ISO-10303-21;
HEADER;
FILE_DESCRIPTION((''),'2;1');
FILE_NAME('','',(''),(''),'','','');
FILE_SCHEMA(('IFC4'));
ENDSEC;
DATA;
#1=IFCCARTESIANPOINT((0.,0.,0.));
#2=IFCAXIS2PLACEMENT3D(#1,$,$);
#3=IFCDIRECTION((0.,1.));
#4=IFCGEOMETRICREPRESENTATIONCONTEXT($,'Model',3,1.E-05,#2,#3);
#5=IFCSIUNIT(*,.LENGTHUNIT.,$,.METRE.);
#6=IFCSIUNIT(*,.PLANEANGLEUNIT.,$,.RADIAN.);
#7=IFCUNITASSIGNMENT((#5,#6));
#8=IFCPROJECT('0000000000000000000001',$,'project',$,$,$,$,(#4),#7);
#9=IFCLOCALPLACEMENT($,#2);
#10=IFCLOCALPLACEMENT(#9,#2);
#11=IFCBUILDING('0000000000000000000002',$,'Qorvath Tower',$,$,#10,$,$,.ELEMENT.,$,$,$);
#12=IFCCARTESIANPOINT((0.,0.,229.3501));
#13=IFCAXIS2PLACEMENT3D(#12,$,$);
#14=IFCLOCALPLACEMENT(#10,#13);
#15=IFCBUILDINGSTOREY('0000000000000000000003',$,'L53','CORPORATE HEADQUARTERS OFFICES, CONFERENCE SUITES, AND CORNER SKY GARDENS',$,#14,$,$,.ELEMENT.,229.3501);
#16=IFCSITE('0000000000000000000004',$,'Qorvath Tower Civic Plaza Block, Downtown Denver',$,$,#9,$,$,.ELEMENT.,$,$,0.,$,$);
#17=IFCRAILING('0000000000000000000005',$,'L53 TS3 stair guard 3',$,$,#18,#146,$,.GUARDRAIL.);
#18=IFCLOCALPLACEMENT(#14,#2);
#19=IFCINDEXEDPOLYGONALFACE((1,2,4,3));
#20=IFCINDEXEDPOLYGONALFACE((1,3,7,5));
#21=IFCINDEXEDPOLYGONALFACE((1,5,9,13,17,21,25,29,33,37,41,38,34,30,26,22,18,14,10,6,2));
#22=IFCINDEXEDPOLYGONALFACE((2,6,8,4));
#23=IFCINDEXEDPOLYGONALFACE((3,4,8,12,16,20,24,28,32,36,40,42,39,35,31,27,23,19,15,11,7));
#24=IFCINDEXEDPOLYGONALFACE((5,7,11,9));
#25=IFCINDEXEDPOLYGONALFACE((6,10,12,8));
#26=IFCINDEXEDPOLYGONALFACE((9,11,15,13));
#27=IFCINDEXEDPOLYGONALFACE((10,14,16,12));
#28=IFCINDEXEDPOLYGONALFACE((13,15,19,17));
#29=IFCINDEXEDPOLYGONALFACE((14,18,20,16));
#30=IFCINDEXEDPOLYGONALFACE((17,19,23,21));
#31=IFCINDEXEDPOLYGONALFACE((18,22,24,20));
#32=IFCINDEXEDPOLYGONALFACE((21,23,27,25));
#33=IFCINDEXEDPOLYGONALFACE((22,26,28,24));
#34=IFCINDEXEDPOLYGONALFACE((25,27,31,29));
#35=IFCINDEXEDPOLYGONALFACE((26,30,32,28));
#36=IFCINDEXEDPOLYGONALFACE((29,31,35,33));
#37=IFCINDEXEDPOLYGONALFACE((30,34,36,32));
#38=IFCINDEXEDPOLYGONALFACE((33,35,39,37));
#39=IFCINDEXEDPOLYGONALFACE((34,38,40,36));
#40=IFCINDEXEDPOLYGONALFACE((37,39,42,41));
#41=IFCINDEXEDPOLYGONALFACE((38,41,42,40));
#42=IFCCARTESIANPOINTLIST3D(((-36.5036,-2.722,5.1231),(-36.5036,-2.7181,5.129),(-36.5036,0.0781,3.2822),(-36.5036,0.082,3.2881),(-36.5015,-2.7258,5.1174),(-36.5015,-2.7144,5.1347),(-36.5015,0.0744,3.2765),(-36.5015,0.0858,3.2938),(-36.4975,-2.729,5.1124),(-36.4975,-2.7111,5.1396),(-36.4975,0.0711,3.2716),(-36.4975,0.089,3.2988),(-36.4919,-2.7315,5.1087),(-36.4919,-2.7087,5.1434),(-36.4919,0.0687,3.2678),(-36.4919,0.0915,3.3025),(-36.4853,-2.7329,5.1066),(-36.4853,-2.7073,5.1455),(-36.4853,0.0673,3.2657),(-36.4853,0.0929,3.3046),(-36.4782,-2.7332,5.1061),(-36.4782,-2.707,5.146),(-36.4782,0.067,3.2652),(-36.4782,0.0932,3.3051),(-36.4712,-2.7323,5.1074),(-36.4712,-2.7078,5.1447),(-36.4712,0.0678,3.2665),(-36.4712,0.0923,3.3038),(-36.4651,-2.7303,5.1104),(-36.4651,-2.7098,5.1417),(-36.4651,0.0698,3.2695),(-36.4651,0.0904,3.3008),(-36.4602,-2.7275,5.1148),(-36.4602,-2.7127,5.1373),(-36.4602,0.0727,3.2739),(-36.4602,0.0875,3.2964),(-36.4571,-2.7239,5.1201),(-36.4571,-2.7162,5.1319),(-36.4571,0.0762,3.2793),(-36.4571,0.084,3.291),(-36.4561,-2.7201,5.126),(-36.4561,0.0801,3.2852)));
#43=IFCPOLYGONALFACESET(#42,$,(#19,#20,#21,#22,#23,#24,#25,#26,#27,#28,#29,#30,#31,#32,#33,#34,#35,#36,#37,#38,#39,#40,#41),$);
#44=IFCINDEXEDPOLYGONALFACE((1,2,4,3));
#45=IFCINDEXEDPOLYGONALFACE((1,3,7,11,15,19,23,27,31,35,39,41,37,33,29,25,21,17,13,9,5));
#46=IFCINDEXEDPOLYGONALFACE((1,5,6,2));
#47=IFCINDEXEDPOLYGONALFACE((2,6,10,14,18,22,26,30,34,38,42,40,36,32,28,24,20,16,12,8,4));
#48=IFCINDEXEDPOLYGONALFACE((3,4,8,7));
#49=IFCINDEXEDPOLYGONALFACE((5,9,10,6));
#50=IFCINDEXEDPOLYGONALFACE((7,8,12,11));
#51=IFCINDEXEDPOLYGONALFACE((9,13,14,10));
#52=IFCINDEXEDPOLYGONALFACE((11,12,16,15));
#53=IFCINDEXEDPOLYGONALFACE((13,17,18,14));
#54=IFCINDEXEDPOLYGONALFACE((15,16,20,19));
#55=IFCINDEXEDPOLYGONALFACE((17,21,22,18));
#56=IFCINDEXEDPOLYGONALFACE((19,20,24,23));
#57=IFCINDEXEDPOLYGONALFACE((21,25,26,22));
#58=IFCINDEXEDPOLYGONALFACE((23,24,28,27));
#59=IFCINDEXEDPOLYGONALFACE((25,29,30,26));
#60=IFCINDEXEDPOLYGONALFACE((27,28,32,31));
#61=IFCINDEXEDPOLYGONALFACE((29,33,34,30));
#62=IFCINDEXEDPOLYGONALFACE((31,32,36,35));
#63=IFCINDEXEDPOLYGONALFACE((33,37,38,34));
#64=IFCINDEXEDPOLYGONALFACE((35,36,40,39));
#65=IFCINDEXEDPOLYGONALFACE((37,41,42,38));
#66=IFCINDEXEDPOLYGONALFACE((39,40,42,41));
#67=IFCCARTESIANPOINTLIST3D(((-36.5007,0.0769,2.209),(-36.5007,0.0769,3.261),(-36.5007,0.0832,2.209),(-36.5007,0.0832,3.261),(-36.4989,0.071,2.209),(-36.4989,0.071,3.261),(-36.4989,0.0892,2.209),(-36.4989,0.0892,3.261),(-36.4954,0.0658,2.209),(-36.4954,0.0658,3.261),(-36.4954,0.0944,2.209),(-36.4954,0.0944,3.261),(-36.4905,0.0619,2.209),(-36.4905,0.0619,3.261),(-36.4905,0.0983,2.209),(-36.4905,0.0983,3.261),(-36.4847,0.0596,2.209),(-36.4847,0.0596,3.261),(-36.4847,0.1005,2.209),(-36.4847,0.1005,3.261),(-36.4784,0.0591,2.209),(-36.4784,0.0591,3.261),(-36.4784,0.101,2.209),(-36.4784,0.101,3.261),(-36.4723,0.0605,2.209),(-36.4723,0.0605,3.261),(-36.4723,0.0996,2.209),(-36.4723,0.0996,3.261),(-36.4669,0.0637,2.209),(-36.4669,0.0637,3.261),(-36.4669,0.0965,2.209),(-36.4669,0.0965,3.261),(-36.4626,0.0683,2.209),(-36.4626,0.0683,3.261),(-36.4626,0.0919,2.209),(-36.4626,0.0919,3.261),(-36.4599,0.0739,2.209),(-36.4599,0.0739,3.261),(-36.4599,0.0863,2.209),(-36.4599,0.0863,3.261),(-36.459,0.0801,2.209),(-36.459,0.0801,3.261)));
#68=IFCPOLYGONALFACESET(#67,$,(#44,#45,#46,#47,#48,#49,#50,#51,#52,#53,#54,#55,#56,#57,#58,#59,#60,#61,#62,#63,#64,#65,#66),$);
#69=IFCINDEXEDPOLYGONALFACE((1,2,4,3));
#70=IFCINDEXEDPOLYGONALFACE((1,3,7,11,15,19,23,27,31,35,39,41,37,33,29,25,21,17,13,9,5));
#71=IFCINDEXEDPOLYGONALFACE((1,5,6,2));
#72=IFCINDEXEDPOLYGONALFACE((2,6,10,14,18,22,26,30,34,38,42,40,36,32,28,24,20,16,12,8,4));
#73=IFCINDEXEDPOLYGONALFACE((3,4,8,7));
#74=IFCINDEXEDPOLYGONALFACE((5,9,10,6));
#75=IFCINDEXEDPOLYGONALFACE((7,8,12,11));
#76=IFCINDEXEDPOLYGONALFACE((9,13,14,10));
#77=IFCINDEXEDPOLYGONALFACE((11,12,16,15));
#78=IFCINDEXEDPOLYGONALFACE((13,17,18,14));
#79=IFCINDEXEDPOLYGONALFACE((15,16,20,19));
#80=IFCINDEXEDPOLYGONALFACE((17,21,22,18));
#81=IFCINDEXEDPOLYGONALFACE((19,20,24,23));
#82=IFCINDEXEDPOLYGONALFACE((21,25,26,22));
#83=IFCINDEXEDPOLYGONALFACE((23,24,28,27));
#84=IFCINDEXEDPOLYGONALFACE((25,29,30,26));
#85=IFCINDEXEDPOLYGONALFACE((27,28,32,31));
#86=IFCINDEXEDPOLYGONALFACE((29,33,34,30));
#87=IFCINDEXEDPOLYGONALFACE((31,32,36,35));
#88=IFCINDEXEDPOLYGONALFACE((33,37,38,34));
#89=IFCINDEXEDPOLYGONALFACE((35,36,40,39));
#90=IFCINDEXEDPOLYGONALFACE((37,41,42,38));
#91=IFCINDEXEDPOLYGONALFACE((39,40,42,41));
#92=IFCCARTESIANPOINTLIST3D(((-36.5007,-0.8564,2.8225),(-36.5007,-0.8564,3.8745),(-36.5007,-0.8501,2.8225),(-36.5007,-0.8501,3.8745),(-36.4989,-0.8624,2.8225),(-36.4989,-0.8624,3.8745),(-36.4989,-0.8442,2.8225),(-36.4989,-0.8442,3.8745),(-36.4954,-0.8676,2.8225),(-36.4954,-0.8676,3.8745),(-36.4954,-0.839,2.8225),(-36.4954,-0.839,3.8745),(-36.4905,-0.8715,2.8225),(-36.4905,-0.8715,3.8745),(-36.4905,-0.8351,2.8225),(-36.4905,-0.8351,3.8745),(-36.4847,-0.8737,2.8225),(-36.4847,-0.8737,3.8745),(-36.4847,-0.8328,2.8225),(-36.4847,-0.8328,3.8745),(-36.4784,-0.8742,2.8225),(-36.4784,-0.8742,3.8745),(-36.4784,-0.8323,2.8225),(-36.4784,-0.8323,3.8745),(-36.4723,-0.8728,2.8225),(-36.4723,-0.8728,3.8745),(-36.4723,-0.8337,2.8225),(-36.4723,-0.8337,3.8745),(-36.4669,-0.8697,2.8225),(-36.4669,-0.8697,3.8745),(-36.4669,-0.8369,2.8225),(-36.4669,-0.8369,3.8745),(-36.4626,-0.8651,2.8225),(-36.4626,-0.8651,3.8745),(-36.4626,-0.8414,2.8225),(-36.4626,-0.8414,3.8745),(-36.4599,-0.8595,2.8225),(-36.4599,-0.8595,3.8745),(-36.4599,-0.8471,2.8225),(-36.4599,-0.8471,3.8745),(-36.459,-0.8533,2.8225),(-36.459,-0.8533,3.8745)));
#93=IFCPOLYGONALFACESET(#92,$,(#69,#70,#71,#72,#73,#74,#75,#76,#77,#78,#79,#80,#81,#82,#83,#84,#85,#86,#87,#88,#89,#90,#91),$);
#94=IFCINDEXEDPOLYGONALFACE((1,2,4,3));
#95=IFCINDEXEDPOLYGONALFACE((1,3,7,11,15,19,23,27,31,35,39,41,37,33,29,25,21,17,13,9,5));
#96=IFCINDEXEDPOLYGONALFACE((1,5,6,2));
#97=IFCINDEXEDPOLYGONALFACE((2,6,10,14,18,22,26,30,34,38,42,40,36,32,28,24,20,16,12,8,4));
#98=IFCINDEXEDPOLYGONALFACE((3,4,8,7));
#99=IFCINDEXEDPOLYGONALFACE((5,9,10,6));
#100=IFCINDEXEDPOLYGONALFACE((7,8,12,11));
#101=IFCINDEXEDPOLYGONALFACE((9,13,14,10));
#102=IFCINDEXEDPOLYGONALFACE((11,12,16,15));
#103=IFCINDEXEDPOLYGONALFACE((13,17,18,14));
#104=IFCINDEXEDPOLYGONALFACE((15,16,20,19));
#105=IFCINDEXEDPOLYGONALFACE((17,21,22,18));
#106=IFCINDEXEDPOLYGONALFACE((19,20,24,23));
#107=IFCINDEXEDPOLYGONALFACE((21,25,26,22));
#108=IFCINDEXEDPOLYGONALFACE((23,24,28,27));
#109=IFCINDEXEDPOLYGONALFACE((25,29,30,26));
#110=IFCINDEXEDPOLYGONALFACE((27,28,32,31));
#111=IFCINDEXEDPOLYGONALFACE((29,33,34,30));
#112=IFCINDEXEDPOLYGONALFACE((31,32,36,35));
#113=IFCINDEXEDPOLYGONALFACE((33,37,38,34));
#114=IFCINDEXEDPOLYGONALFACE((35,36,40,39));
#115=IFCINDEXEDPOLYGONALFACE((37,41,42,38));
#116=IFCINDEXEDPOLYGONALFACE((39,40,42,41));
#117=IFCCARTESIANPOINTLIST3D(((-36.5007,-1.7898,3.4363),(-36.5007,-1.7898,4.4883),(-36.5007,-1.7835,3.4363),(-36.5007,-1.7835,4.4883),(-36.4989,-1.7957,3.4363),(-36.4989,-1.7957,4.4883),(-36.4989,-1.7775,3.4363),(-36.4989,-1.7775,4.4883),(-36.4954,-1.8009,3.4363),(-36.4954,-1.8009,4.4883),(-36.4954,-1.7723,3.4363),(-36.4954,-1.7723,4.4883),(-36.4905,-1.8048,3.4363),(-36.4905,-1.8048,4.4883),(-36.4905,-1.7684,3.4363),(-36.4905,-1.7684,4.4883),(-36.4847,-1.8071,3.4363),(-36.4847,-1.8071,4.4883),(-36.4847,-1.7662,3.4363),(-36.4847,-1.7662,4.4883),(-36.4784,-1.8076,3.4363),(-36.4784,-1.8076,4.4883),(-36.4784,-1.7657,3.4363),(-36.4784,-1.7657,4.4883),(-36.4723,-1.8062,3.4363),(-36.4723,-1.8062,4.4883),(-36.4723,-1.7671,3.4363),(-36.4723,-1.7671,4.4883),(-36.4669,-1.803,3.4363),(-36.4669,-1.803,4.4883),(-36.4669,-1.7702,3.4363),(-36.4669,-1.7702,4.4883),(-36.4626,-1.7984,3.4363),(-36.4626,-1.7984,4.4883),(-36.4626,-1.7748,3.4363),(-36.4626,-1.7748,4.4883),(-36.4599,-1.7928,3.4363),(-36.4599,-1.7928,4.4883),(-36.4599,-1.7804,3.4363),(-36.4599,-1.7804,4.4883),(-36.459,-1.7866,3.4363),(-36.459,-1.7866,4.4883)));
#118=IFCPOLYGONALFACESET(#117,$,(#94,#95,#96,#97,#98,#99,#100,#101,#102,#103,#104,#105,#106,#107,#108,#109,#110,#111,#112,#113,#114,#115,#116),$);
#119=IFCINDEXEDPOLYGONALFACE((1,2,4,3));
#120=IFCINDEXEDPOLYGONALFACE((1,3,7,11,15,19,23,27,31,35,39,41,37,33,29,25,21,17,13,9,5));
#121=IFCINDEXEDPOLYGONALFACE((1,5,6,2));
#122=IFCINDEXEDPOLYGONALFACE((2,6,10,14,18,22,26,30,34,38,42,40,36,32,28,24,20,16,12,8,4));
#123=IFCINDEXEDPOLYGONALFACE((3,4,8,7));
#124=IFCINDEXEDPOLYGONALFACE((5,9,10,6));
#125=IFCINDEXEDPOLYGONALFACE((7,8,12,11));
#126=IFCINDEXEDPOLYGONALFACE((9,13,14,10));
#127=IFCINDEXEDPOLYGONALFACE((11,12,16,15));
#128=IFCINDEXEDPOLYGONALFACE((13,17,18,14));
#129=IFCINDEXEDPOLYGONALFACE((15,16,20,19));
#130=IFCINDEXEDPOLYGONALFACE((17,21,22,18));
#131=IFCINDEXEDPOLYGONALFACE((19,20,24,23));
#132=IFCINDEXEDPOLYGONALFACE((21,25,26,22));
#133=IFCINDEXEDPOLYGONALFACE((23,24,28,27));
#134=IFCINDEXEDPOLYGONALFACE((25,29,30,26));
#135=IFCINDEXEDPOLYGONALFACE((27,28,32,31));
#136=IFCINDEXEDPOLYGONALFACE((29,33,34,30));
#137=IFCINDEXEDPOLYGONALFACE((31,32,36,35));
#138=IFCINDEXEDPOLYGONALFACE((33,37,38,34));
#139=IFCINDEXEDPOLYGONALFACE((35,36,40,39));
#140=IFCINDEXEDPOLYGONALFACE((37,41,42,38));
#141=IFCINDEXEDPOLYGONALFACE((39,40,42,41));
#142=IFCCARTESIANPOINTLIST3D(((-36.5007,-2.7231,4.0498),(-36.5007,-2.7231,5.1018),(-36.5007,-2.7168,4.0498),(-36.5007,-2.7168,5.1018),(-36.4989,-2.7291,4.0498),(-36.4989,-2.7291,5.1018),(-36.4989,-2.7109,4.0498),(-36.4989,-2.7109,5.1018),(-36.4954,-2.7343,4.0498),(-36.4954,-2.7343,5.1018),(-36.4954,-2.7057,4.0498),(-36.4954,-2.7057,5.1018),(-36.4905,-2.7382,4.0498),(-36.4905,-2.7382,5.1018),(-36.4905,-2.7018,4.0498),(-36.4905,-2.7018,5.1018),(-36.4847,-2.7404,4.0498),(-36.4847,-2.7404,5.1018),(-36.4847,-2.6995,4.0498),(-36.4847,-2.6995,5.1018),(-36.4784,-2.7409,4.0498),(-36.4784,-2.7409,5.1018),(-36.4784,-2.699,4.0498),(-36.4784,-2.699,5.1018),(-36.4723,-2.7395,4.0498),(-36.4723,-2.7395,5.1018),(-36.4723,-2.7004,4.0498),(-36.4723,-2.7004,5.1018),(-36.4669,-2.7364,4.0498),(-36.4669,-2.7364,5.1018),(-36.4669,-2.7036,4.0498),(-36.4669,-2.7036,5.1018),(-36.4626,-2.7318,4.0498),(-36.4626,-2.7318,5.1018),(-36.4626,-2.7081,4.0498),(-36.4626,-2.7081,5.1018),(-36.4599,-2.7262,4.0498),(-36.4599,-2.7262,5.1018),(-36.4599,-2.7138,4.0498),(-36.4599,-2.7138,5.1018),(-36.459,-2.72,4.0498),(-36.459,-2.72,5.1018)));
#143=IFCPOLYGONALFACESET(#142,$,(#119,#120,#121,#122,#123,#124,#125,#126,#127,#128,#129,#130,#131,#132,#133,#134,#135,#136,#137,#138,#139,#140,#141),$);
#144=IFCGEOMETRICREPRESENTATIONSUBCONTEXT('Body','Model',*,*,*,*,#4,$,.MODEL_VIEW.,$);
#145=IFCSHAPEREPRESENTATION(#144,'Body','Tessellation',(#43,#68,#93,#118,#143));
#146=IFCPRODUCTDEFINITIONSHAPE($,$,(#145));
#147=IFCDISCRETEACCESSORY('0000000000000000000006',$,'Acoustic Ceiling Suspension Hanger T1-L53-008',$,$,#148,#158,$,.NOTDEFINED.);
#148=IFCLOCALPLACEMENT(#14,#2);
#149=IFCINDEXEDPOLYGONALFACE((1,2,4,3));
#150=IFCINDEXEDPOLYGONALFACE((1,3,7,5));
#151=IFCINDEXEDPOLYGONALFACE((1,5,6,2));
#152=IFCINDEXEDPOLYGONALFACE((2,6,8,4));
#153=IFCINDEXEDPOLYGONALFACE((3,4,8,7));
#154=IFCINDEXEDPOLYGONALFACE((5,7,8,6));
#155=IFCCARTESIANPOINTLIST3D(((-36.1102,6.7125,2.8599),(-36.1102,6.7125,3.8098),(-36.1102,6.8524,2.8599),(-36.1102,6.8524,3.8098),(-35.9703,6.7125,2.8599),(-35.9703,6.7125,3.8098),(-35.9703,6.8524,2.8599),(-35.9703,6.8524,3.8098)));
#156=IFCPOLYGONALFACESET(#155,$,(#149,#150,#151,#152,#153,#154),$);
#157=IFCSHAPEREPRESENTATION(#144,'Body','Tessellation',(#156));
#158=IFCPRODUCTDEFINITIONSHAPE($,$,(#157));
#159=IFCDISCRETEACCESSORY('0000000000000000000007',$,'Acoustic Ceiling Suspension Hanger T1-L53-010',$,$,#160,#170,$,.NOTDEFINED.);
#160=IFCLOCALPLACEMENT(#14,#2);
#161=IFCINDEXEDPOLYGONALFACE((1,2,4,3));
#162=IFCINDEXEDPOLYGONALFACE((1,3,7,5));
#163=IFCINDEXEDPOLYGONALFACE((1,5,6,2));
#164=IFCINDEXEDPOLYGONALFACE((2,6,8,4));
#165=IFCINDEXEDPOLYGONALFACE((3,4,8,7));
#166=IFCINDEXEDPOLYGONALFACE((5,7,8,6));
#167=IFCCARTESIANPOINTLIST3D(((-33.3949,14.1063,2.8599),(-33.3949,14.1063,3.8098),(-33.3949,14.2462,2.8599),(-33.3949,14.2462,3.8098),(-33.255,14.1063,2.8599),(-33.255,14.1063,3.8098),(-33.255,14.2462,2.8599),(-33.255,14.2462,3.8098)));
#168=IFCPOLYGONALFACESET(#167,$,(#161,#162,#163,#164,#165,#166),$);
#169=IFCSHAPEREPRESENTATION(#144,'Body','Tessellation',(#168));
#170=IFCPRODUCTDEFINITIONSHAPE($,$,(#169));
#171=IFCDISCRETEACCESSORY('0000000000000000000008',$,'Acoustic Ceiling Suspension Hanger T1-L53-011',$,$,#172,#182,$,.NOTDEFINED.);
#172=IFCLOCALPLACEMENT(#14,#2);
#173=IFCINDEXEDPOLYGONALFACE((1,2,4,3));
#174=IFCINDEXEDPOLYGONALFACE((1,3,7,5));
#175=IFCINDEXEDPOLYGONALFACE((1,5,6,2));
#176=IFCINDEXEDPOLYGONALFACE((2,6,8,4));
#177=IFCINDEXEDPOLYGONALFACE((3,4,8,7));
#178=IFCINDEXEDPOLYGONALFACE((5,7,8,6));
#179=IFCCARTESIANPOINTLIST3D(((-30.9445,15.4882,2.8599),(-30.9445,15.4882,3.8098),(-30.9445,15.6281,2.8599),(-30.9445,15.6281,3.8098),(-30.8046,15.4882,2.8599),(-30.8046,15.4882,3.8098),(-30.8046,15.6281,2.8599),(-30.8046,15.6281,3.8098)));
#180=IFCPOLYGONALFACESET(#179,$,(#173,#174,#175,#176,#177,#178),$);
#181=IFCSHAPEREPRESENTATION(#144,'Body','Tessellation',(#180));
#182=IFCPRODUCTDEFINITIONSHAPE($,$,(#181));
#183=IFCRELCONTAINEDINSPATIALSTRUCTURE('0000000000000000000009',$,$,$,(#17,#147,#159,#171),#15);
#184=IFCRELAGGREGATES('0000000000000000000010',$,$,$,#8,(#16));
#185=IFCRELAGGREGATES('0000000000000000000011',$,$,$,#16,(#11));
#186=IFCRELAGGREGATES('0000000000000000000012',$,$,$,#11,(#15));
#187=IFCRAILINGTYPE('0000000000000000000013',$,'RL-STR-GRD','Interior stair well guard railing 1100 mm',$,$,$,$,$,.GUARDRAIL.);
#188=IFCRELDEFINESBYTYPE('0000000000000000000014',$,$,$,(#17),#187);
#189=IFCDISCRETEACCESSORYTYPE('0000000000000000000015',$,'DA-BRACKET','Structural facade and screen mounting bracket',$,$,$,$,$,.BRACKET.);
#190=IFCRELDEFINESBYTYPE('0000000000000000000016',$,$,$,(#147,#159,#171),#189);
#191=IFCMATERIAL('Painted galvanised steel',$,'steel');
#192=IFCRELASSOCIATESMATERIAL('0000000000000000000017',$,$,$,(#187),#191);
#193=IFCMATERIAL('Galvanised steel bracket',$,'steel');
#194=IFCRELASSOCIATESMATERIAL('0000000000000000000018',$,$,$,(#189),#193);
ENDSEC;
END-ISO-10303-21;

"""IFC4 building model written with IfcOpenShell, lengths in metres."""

from ifc_helpers import new_model, si_unit, direction, frame, origin, origin_2d, place, context, subcontext, project, spatial, rectangle, circle, extrude, material, type_object, element, save


model = new_model("IFC4")

# Units and contexts
model_context = context("Model", 3, precision=1e-05, world=origin(), true_north=direction((0.0, 1.0)))
body_context = subcontext(model_context, "Body", "Model", "MODEL_VIEW")
ifc_project = project(units=[si_unit("LENGTHUNIT", "METRE"), si_unit("PLANEANGLEUNIT", "RADIAN")], contexts=[model_context])

# Site, building, storey
site_placement = place(None, origin())
site = spatial("IfcSite", under=ifc_project, at=site_placement, Name="Qorvath Tower Civic Plaza Block, Downtown Denver", CompositionType="ELEMENT", RefElevation=0.0)
building_placement = place(site_placement, origin())
building = spatial("IfcBuilding", under=site, at=building_placement, Name="Qorvath Tower", CompositionType="ELEMENT")
storey_placement = place(building_placement, frame((0.0, 0.0, 229.3501)))
storey = spatial("IfcBuildingStorey", under=building, at=storey_placement, Name="L53", Description="CORPORATE HEADQUARTERS OFFICES, CONFERENCE SUITES, AND CORNER SKY GARDENS", CompositionType="ELEMENT", Elevation=229.3501)

# Railing
ifc_material_1 = material(Name="Painted galvanised steel", Category="steel")
railing_type = type_object("IfcRailingType", Name="RL-STR-GRD", Description="Interior stair well guard railing 1100 mm", PredefinedType="GUARDRAIL", material=ifc_material_1)
railing_1_placement = place(storey_placement, frame((-36.48, 0.0801, 2.209)))
element("IfcRailing", 1, at=railing_1_placement, inside=storey, type_object=railing_type, Name="L53 TS3 stair guard 3", PredefinedType="GUARDRAIL", context=body_context, shape_type="SweptSolid", body=[
    extrude(circle(Radius=0.0239, at=origin_2d()), frame((0.0, 0.0, 1.0762), z_axis=(0.0, -0.835598, 0.549342), x_axis=(1.0, 0.0, 0.0)), (0.0, 0.0, 1.0), 3.3511),
    extrude(circle(Radius=0.021, at=origin_2d()), origin(), (0.0, 0.0, 1.0), 1.052),
    extrude(circle(Radius=0.021, at=origin_2d()), frame((0.0, -0.9333, 0.6135)), (0.0, 0.0, 1.0), 1.052),
    extrude(circle(Radius=0.021, at=origin_2d()), frame((0.0, -1.8667, 1.2273)), (0.0, 0.0, 1.0), 1.052),
    extrude(circle(Radius=0.021, at=origin_2d()), frame((0.0, -2.8, 1.8408)), (0.0, 0.0, 1.0), 1.052),
])

# Discrete accessories
ifc_material_2 = material(Name="Galvanised steel bracket", Category="steel")
discrete_accessory_type = type_object("IfcDiscreteAccessoryType", Name="DA-BRACKET", Description="Structural facade and screen mounting bracket", PredefinedType="BRACKET", material=ifc_material_2)
for number, where, z_axis, x_axis, name in (
    (2, (-36.0403, 6.7825, 2.8599), (0.0, 0.0, 1.0), (1.0, 0.0, 0.0), "Acoustic Ceiling Suspension Hanger T1-L53-008"),
    (3, (-33.325, 14.1763, 2.8599), (0.0, 0.0, 1.0), (1.0, 0.0, 0.0), "Acoustic Ceiling Suspension Hanger T1-L53-010"),
    (4, (-30.8745, 15.5581, 2.8599), (0.0, 0.0, 1.0), (1.0, 0.0, 0.0), "Acoustic Ceiling Suspension Hanger T1-L53-011"),
):
    element("IfcDiscreteAccessory", number, at=place(storey_placement, frame(where, z_axis=z_axis, x_axis=x_axis)), inside=storey, type_object=discrete_accessory_type, Name=name, PredefinedType="NOTDEFINED", context=body_context, shape_type="SweptSolid", body=[
        extrude(rectangle(XDim=0.1399, YDim=0.1399, at=origin_2d()), origin(), (0.0, 0.0, 1.0), 0.95),
    ])

save(model, "model.ifc")
